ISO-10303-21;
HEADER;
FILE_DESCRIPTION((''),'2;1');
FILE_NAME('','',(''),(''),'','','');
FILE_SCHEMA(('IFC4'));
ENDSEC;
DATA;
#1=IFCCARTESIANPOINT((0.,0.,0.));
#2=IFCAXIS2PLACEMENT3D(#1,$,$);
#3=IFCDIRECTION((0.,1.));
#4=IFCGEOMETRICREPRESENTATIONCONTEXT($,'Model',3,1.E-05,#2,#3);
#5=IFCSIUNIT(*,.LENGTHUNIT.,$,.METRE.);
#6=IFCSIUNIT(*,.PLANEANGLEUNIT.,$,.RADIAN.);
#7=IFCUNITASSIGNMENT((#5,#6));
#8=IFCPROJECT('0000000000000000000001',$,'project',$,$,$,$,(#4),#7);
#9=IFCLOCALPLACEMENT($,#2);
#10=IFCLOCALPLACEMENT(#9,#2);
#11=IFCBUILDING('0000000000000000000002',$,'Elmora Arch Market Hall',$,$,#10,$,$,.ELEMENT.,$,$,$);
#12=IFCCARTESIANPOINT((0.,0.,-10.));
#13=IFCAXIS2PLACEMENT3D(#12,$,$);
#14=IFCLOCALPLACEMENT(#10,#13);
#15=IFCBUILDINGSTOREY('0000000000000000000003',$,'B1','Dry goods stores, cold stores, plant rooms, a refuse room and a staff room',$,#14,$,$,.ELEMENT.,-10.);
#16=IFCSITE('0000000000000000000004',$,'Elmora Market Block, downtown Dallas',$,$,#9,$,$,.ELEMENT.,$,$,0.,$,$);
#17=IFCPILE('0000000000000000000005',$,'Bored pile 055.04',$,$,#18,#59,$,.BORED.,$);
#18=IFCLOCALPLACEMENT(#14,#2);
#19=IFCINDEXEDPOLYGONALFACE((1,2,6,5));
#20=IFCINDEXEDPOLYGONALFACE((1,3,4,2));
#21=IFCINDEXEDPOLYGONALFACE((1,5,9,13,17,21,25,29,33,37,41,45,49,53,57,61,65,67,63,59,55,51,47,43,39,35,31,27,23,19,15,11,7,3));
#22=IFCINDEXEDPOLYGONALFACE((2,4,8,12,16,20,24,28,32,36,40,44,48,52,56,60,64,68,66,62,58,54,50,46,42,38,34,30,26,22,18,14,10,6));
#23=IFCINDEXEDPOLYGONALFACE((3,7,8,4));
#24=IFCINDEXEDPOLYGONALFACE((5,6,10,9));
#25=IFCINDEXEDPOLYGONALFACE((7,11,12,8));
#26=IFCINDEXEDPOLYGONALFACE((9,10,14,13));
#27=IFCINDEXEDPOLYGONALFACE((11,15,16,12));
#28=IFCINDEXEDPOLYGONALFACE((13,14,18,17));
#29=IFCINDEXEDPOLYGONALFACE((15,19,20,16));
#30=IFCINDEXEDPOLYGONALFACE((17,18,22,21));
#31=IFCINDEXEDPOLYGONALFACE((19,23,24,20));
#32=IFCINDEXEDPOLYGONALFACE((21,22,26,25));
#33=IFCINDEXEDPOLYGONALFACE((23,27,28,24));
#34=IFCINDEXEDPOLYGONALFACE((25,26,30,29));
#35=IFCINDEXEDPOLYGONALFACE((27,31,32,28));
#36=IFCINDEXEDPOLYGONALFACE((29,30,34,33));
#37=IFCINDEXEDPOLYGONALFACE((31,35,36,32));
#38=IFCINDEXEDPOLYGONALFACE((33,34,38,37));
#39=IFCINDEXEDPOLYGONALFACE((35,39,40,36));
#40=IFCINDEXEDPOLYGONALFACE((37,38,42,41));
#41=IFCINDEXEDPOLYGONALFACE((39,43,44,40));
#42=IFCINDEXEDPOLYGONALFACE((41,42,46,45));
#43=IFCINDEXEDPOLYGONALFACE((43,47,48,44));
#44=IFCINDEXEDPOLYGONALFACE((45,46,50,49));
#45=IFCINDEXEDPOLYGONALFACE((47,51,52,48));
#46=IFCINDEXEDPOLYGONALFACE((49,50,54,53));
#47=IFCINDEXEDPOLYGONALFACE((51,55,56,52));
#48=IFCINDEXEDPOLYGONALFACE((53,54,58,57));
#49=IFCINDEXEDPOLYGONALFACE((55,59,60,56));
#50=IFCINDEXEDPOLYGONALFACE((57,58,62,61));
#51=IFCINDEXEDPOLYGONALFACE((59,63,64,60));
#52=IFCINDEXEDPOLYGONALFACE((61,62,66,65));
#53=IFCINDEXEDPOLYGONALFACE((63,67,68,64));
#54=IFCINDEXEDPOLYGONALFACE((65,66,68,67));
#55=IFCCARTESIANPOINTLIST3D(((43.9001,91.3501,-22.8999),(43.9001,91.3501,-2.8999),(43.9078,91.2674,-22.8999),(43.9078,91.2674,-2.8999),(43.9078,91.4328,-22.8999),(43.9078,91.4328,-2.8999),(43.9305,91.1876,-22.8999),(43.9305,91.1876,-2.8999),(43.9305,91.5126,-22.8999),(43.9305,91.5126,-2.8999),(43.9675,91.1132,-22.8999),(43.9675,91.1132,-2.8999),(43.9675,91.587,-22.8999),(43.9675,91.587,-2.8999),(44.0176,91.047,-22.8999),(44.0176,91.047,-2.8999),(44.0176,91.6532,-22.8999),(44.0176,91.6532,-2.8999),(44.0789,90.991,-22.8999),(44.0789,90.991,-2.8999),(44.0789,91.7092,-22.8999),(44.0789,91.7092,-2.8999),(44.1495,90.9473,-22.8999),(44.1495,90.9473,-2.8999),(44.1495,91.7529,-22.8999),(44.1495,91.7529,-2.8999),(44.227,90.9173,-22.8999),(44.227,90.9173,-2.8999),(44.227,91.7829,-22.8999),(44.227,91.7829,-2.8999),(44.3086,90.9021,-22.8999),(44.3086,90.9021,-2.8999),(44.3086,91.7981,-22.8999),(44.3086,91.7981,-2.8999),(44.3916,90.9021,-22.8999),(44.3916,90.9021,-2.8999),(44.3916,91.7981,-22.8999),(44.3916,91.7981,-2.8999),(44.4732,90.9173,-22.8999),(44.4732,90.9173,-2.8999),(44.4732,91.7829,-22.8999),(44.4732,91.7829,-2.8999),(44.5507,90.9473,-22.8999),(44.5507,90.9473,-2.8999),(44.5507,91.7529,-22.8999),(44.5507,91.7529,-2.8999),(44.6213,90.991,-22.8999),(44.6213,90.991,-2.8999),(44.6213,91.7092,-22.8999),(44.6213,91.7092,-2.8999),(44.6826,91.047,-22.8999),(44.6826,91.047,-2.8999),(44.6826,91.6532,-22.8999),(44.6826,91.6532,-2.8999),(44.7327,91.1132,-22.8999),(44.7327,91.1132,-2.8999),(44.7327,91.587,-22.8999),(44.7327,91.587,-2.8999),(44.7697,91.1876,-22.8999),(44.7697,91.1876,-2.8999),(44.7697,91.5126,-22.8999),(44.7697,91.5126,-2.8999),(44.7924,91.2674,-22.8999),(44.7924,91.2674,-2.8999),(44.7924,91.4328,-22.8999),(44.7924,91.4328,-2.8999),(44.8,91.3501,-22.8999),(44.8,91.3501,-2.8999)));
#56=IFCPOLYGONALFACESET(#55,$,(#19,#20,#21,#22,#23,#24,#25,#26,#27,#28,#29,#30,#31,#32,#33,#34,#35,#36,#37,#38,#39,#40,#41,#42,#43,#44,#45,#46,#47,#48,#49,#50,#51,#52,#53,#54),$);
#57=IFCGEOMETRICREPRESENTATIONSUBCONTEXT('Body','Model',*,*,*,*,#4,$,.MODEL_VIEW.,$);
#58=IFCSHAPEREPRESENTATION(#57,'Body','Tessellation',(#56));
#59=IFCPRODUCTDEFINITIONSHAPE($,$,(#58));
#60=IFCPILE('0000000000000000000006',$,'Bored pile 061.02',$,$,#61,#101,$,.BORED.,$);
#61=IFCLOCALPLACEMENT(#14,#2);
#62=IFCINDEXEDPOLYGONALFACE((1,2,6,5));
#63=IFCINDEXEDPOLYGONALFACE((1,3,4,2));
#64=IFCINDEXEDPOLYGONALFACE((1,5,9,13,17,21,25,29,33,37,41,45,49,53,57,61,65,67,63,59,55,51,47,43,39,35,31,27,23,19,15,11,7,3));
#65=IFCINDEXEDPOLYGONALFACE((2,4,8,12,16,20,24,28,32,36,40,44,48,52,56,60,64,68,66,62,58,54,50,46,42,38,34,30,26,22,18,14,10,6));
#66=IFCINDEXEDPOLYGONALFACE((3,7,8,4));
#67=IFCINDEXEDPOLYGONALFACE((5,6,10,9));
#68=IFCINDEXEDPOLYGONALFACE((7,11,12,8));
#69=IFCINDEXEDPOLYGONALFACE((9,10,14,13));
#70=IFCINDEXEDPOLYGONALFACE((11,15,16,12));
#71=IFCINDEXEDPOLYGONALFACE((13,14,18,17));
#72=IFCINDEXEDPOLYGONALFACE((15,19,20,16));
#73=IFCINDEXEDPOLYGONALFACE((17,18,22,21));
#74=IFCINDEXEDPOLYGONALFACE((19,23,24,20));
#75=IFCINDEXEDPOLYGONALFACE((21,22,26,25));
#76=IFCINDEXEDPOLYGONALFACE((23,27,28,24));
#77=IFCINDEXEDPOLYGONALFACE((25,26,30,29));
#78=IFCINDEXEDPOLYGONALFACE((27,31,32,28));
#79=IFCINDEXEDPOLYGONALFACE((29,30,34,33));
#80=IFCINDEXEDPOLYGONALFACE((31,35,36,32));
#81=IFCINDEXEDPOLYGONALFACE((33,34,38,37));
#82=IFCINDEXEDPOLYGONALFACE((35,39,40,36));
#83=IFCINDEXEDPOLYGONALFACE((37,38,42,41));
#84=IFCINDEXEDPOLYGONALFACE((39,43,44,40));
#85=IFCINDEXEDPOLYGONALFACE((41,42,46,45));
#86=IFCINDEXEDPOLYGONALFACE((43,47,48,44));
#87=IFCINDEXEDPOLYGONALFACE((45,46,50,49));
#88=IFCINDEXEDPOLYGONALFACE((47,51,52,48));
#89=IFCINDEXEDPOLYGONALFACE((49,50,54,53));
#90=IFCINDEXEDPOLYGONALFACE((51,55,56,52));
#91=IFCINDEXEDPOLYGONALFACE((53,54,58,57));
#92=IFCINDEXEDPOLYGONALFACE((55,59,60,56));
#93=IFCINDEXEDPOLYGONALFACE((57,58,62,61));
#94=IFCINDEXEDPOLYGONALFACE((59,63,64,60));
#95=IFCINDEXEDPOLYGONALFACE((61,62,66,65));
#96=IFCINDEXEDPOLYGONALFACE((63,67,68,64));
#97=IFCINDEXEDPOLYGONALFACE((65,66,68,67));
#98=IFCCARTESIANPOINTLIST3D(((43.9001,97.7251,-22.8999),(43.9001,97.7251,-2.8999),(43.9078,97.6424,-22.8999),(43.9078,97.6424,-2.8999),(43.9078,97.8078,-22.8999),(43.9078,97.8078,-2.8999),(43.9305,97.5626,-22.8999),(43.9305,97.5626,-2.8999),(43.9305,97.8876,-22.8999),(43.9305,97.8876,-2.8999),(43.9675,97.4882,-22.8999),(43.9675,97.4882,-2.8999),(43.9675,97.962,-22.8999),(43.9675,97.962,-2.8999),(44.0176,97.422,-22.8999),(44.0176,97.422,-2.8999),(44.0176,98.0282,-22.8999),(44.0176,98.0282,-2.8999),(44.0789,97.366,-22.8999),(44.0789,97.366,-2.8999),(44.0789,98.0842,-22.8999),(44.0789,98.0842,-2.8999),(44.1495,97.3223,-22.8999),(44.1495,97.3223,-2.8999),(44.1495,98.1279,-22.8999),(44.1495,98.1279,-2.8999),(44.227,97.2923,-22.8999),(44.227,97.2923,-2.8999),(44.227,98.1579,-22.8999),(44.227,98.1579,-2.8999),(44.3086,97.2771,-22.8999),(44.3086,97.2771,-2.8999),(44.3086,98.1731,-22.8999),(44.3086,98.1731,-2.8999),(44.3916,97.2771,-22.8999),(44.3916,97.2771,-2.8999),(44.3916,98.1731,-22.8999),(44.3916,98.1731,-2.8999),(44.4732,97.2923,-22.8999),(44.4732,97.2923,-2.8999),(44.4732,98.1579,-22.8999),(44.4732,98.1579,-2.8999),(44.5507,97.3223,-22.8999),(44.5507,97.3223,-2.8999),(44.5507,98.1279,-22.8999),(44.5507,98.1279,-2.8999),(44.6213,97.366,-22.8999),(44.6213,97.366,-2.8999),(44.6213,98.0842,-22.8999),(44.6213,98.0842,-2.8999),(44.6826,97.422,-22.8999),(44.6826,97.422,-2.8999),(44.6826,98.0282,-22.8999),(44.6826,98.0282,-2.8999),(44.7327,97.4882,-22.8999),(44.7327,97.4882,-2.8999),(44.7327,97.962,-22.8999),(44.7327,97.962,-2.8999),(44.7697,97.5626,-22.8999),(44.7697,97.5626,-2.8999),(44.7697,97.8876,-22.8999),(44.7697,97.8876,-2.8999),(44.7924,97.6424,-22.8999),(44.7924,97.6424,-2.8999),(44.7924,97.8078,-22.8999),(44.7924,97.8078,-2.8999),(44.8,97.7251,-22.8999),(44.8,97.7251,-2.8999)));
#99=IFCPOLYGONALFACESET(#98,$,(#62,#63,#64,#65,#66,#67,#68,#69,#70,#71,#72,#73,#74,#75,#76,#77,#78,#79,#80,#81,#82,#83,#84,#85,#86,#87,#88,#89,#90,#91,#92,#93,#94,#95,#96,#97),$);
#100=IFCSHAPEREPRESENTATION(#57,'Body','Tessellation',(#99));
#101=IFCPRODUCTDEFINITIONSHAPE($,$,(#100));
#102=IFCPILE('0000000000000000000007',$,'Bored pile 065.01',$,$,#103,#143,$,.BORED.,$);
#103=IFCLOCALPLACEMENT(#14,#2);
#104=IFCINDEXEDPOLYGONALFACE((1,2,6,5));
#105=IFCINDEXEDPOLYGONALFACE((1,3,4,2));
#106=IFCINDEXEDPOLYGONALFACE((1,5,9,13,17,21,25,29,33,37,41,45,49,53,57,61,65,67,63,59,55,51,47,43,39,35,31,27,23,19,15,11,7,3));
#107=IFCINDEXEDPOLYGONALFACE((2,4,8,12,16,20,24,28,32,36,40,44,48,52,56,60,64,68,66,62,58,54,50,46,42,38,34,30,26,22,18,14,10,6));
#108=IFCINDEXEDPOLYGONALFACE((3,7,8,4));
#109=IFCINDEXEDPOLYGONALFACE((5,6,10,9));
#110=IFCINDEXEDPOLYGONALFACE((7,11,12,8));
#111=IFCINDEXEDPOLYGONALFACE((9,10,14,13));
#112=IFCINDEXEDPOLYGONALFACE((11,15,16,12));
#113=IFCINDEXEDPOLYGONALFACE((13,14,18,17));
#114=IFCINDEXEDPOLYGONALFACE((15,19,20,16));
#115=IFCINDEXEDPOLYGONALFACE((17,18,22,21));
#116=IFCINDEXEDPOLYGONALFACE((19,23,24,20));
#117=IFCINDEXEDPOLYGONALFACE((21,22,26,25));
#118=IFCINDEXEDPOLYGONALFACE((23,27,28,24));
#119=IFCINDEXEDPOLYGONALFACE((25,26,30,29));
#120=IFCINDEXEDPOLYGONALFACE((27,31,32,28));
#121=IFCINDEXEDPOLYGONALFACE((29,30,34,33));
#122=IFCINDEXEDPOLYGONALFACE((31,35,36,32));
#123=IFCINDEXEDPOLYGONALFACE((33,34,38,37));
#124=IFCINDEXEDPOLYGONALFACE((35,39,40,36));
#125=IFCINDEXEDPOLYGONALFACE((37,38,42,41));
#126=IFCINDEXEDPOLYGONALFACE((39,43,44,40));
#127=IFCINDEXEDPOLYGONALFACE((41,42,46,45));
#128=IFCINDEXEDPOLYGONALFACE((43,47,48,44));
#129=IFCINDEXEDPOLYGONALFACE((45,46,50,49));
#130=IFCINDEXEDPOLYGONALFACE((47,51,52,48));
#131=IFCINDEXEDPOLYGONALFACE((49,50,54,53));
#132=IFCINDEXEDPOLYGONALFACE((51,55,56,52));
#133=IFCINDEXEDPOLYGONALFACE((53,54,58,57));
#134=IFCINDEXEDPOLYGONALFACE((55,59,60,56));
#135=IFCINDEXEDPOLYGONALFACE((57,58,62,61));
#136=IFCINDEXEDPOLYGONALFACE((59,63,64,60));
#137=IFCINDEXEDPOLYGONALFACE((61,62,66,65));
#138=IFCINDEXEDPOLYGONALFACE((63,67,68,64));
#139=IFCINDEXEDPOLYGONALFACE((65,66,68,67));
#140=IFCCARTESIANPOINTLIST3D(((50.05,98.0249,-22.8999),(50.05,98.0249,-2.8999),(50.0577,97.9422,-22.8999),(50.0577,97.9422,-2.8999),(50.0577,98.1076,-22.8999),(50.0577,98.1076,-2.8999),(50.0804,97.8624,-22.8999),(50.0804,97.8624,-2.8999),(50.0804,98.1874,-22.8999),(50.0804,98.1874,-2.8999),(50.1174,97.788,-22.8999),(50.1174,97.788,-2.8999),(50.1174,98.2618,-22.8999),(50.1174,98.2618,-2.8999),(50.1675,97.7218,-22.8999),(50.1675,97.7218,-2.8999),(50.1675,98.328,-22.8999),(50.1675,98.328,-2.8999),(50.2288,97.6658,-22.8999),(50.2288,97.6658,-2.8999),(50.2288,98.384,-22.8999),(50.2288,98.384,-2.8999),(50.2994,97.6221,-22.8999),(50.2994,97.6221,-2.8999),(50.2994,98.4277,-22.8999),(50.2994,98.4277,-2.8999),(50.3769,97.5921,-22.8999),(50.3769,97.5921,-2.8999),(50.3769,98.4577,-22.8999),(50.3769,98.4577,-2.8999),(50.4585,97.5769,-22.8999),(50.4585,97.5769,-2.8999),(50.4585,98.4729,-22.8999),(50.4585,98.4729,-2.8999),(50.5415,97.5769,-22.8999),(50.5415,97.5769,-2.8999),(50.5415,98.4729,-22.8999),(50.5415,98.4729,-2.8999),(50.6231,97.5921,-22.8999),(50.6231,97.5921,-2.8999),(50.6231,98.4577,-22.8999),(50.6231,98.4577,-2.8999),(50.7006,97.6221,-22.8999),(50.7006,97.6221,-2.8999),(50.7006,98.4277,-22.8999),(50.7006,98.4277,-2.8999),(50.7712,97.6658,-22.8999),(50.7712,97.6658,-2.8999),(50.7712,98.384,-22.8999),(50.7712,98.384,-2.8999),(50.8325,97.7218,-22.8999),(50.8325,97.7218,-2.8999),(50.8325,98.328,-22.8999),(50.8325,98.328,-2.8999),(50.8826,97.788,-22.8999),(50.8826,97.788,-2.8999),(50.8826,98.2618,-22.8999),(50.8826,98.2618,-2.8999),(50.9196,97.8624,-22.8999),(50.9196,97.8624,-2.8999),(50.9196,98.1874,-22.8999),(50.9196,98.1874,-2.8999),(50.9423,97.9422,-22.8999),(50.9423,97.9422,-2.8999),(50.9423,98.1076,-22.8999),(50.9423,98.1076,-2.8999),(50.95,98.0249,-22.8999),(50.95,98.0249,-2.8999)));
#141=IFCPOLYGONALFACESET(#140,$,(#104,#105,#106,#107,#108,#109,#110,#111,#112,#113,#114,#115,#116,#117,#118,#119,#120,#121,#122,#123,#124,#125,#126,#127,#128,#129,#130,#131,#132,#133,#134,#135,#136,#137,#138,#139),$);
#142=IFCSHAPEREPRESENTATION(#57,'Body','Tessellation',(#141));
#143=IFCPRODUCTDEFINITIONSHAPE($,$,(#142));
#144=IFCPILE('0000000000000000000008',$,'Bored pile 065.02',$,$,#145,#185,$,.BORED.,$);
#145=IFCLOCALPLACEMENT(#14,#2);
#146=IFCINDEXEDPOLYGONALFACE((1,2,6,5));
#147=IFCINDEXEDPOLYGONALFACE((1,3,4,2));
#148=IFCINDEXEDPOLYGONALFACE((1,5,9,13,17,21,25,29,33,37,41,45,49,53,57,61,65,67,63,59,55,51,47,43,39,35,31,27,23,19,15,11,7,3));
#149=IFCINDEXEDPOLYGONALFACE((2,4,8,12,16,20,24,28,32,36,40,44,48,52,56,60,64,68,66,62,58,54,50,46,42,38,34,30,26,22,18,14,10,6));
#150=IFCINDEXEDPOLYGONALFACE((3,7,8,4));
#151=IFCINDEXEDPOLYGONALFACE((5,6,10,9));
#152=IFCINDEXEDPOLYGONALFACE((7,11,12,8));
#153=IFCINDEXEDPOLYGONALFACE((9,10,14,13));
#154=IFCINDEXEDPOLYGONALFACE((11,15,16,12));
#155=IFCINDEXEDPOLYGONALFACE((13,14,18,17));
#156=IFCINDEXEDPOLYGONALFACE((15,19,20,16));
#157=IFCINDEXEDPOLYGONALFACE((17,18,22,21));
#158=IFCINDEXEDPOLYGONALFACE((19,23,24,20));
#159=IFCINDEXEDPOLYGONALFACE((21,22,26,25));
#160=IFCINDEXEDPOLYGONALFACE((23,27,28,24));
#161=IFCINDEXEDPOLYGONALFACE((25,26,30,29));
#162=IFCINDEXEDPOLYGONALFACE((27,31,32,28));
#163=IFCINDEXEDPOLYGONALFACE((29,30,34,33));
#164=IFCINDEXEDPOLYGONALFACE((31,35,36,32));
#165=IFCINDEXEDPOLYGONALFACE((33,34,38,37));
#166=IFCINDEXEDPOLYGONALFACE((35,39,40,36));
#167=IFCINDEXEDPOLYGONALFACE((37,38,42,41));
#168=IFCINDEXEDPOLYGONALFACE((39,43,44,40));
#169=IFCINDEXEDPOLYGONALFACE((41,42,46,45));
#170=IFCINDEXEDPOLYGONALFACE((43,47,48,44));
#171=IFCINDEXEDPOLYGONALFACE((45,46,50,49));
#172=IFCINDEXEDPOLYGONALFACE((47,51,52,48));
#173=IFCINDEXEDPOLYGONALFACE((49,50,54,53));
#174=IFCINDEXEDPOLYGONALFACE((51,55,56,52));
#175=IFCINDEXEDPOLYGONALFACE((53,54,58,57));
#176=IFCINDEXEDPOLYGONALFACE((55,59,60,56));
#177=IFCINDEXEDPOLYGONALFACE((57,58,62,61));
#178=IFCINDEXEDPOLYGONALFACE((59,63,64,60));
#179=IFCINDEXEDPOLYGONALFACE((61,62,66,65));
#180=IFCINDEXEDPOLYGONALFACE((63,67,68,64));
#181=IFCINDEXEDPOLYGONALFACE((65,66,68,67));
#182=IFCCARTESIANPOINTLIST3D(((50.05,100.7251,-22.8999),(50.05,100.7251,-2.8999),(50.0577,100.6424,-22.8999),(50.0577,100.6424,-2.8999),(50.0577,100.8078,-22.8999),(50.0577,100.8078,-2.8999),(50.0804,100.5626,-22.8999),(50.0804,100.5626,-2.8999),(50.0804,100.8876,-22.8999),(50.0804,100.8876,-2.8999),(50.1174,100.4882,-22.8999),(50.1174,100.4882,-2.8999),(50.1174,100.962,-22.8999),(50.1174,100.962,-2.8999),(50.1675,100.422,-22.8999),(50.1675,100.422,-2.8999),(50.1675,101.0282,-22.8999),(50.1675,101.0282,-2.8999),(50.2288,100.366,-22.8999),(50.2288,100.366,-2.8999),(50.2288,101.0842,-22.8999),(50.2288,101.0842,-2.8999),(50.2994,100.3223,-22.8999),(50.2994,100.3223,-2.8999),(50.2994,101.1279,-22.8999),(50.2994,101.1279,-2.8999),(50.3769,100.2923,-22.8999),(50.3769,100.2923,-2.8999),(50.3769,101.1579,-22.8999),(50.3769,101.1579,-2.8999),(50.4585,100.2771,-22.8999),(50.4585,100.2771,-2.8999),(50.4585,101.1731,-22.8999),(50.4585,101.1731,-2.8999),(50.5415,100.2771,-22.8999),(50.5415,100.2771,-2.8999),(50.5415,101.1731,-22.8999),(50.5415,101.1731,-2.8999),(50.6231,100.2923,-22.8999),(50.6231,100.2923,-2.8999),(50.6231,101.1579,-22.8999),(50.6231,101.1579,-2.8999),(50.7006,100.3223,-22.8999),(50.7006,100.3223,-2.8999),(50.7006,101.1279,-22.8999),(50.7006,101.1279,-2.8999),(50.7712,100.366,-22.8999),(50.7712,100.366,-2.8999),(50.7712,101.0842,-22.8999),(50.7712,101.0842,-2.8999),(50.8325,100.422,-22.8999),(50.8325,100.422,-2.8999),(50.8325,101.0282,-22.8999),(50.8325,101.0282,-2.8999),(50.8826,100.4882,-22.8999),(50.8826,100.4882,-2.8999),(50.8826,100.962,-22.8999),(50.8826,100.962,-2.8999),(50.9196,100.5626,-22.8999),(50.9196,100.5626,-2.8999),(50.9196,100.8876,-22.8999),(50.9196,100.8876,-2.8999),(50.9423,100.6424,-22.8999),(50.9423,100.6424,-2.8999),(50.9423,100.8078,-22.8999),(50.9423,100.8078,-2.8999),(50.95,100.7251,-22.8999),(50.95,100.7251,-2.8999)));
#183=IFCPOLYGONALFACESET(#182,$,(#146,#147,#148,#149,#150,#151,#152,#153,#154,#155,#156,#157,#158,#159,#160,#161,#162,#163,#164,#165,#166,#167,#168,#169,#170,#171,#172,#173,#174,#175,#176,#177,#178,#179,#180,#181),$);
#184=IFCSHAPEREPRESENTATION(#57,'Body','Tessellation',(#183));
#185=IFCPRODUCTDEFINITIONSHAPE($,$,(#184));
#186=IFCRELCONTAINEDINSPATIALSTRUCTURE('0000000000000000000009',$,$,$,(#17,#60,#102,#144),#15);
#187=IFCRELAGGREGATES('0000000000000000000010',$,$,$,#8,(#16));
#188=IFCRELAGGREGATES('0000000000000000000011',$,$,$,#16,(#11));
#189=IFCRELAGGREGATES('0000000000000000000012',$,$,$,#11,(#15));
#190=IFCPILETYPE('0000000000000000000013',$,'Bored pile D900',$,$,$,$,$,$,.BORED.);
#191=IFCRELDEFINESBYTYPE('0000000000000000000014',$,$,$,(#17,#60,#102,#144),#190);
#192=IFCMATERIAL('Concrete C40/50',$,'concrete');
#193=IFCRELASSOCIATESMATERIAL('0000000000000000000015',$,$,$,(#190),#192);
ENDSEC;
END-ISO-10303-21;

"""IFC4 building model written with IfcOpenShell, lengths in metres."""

from ifc_helpers import new_model, si_unit, direction, frame, origin, origin_2d, place, context, subcontext, project, spatial, circle, extrude, material, material_profile, profile_set, type_object, element, save


model = new_model("IFC4")

# Units and contexts
model_context = context("Model", 3, precision=1e-05, world=origin(), true_north=direction((0.0, 1.0)))
body_context = subcontext(model_context, "Body", "Model", "MODEL_VIEW")
ifc_project = project(units=[si_unit("LENGTHUNIT", "METRE"), si_unit("PLANEANGLEUNIT", "RADIAN")], contexts=[model_context])

# Site, building, storey
site_placement = place(None, origin())
site = spatial("IfcSite", under=ifc_project, at=site_placement, Name="Elmora Market Block, downtown Dallas", CompositionType="ELEMENT", RefElevation=0.0)
building_placement = place(site_placement, origin())
building = spatial("IfcBuilding", under=site, at=building_placement, Name="Elmora Arch Market Hall", CompositionType="ELEMENT")
storey_placement = place(building_placement, frame((0.0, 0.0, -10.0)))
storey = spatial("IfcBuildingStorey", under=building, at=storey_placement, Name="B1", Description="Dry goods stores, cold stores, plant rooms, a refuse room and a staff room", CompositionType="ELEMENT", Elevation=-10.0)

# Piles
ifc_material_1 = material(Name="Concrete C40/50", Category="concrete")
ifc_material_profile_1 = material_profile(ifc_material_1, circle(Radius=0.45, at=origin_2d()), Name="Bored pile D900")
ifc_profile_set_1 = profile_set([ifc_material_profile_1], Name="Concrete C40/50")
pile_type = type_object("IfcPileType", Name="Bored pile D900", PredefinedType="BORED", material=ifc_profile_set_1)
for number, where, z_axis, x_axis, name in (
    (1, (44.3501, 91.3501, -2.8999), (0.0, 0.0, -1.0), (1.0, 0.0, 0.0), "Bored pile 055.04"),
    (2, (44.3501, 97.7251, -2.8999), (0.0, 0.0, -1.0), (1.0, 0.0, 0.0), "Bored pile 061.02"),
    (3, (50.5, 98.0249, -2.8999), (0.0, 0.0, -1.0), (1.0, 0.0, 0.0), "Bored pile 065.01"),
    (4, (50.5, 100.7251, -2.8999), (0.0, 0.0, -1.0), (1.0, 0.0, 0.0), "Bored pile 065.02"),
):
    element("IfcPile", number, at=place(storey_placement, frame(where, z_axis=z_axis, x_axis=x_axis)), inside=storey, type_object=pile_type, Name=name, PredefinedType="BORED", context=body_context, shape_type="SweptSolid", body=[
        extrude(circle(Radius=0.45, at=origin_2d()), origin(), (0.0, 0.0, 1.0), 20.0),
    ])

save(model, "model.ifc")
